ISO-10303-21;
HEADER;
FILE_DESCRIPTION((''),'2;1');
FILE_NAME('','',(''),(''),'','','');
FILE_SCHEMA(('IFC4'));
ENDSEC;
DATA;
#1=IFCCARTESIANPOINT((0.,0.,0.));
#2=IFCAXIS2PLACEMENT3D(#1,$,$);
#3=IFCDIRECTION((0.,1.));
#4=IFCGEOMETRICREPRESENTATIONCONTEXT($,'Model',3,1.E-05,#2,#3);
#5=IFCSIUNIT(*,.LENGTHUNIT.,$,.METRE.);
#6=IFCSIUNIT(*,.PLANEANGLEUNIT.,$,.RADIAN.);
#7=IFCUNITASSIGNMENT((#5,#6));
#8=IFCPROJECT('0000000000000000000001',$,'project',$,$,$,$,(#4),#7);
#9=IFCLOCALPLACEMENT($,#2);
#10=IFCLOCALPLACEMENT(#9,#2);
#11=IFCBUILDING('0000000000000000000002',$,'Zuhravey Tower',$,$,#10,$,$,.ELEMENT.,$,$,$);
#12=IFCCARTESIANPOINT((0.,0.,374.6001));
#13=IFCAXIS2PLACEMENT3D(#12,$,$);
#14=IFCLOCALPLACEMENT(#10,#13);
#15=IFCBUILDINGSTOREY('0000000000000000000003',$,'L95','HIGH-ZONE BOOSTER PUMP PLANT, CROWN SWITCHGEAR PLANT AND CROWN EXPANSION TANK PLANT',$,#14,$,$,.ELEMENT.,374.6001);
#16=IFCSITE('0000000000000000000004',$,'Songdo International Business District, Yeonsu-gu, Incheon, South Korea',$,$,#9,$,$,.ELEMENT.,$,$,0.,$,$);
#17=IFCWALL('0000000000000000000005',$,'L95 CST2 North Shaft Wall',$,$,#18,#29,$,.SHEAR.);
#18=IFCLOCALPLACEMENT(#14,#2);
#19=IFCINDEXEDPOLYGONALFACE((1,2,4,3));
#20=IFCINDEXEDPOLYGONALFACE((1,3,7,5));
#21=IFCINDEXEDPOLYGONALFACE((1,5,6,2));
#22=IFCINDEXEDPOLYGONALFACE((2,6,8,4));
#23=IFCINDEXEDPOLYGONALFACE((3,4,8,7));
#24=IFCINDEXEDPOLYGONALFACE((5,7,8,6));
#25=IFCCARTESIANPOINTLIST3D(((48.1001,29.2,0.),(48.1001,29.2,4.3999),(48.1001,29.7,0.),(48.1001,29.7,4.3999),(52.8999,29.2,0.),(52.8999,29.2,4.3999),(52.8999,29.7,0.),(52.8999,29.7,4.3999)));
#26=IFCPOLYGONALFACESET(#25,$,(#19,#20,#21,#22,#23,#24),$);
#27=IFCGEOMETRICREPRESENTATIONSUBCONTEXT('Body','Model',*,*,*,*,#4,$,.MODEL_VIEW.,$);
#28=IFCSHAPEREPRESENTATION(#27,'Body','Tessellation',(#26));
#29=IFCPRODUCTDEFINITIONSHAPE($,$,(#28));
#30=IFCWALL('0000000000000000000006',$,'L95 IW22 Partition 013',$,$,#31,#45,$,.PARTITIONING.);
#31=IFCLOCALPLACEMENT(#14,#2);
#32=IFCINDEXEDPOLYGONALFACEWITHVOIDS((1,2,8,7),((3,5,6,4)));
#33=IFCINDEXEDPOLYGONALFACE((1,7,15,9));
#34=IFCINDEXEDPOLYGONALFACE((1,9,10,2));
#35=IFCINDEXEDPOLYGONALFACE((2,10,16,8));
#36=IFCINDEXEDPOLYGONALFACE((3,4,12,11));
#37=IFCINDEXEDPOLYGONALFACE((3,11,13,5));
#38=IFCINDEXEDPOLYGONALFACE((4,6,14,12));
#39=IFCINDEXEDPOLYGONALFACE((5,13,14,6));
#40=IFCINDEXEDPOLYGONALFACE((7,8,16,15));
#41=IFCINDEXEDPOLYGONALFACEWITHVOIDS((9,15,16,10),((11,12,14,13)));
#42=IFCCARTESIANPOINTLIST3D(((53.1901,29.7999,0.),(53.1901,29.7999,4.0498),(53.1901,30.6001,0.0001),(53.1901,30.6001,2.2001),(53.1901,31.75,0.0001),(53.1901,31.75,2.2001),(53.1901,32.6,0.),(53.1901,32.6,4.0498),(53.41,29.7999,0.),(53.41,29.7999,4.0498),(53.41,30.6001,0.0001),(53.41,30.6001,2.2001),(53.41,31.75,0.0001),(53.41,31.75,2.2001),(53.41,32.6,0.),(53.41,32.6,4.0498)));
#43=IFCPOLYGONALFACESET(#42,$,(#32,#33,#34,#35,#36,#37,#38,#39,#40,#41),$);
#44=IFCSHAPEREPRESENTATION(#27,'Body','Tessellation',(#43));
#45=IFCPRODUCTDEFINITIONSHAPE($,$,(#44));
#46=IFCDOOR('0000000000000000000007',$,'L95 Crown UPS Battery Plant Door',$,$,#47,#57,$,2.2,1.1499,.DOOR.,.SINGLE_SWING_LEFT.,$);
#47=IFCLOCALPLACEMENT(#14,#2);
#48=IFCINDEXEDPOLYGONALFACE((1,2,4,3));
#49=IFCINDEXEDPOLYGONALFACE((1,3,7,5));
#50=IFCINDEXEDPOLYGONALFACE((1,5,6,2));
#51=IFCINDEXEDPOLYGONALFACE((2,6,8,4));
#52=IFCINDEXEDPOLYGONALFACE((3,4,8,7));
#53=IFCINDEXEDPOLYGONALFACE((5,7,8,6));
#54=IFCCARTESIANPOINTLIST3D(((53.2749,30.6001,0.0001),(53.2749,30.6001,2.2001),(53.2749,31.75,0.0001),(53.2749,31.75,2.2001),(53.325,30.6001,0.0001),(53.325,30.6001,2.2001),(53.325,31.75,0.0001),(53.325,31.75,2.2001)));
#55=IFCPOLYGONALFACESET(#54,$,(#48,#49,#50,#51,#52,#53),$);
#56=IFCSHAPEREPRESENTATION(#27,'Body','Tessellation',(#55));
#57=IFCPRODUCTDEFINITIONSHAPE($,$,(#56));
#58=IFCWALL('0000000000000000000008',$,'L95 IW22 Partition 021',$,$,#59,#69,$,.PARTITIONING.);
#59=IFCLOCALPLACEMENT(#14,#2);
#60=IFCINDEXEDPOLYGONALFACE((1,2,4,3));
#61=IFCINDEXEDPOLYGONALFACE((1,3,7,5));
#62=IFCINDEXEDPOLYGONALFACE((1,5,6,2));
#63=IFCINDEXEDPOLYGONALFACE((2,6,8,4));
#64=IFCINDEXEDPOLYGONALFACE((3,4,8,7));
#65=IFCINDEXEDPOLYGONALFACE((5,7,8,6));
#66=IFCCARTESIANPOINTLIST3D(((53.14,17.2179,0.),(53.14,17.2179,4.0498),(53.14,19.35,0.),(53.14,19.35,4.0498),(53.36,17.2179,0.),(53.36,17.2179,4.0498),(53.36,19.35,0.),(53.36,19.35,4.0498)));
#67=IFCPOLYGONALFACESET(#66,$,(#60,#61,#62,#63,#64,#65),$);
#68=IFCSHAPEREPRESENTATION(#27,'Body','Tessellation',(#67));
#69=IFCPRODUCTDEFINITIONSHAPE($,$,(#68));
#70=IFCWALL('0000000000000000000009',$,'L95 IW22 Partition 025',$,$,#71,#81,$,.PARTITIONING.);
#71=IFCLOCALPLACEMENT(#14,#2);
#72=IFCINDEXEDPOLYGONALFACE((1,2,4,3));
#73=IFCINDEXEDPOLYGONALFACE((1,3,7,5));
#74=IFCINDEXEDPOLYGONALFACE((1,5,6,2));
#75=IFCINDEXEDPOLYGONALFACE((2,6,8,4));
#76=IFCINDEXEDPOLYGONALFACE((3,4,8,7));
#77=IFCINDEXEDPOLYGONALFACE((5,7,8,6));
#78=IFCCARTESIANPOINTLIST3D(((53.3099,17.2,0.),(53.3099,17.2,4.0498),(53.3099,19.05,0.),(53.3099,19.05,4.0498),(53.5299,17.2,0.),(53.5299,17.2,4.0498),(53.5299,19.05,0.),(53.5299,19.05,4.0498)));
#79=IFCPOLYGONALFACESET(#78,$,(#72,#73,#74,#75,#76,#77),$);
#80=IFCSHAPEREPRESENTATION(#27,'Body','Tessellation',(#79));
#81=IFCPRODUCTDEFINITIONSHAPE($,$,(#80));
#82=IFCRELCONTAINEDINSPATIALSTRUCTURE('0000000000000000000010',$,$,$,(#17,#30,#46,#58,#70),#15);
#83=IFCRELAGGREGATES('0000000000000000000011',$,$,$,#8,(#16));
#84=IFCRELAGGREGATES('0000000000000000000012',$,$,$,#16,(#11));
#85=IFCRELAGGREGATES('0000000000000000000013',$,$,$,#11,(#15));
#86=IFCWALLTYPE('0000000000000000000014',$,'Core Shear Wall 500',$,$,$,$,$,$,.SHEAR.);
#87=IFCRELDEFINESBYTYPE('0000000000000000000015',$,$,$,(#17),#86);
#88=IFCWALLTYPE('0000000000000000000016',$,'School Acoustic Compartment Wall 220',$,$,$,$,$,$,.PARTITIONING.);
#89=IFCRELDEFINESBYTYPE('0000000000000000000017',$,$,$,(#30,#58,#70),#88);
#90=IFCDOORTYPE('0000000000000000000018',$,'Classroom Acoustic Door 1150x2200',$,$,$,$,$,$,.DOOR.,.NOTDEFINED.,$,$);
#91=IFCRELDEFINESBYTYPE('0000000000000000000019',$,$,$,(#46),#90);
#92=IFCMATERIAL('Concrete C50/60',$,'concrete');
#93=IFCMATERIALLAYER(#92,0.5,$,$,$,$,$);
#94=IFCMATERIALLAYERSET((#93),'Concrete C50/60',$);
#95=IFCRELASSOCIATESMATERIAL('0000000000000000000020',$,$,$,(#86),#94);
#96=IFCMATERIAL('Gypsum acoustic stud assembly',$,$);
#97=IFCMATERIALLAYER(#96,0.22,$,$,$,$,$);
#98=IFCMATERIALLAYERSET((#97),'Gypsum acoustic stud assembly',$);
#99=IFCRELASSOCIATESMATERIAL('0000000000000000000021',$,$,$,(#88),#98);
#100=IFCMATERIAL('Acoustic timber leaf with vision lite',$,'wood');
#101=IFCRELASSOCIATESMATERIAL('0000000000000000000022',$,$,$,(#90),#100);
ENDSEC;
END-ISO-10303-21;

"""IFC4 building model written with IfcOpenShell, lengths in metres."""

from ifc_helpers import new_model, si_unit, direction, frame, frame_2d, origin, place, context, subcontext, project, spatial, rectangle, extrude, material, layer, layer_set, type_object, element, fill, save


model = new_model("IFC4")

# Units and contexts
model_context = context("Model", 3, precision=1e-05, world=origin(), true_north=direction((0.0, 1.0)))
body_context = subcontext(model_context, "Body", "Model", "MODEL_VIEW")
ifc_project = project(units=[si_unit("LENGTHUNIT", "METRE"), si_unit("PLANEANGLEUNIT", "RADIAN")], contexts=[model_context])

# Site, building, storey
site_placement = place(None, origin())
site = spatial("IfcSite", under=ifc_project, at=site_placement, Name="Songdo International Business District, Yeonsu-gu, Incheon, South Korea", CompositionType="ELEMENT", RefElevation=0.0)
building_placement = place(site_placement, origin())
building = spatial("IfcBuilding", under=site, at=building_placement, Name="Zuhravey Tower", CompositionType="ELEMENT")
storey_placement = place(building_placement, frame((0.0, 0.0, 374.6001)))
storey = spatial("IfcBuildingStorey", under=building, at=storey_placement, Name="L95", Description="HIGH-ZONE BOOSTER PUMP PLANT, CROWN SWITCHGEAR PLANT AND CROWN EXPANSION TANK PLANT", CompositionType="ELEMENT", Elevation=374.6001)

# Wall
ifc_material_1 = material(Name="Concrete C50/60", Category="concrete")
ifc_layer_1 = layer(ifc_material_1, 0.5)
ifc_layer_set_1 = layer_set([ifc_layer_1], Name="Concrete C50/60")
wall_type_1 = type_object("IfcWallType", Name="Core Shear Wall 500", PredefinedType="SHEAR", material=ifc_layer_set_1)
wall_1_placement = place(storey_placement, frame((52.8999, 29.45, 0.0), z_axis=(0.0, 0.0, 1.0), x_axis=(-1.0, 0.0, 0.0)))
element("IfcWall", 1, at=wall_1_placement, inside=storey, type_object=wall_type_1, Name="L95 CST2 North Shaft Wall", PredefinedType="SHEAR", context=body_context, shape_type="SweptSolid", body=[
    extrude(rectangle(XDim=4.7998, YDim=0.5, at=frame_2d((2.3999, 0.0))), origin(), (0.0, 0.0, 1.0), 4.3999),
])

# Wall, opening, door
ifc_material_2 = material(Name="Gypsum acoustic stud assembly")
ifc_layer_2 = layer(ifc_material_2, 0.22)
ifc_layer_set_2 = layer_set([ifc_layer_2], Name="Gypsum acoustic stud assembly")
wall_type_2 = type_object("IfcWallType", Name="School Acoustic Compartment Wall 220", PredefinedType="PARTITIONING", material=ifc_layer_set_2)
wall_2_placement = place(storey_placement, frame((53.3, 29.8, 0.0), z_axis=(0.0, 0.0, 1.0), x_axis=(0.0, 1.0, 0.0)))
wall_2 = element("IfcWall", 2, at=wall_2_placement, inside=storey, type_object=wall_type_2, Name="L95 IW22 Partition 013", PredefinedType="PARTITIONING", context=body_context, shape_type="SweptSolid", body=[
    extrude(rectangle(XDim=2.8, YDim=0.22, at=frame_2d((1.3999, 0.0))), origin(), (0.0, 0.0, 1.0), 4.0498),
])
opening_placement = place(wall_2_placement, frame((0.8, 0.0, 0.0)))
opening = element("IfcOpeningElement", 3, at=opening_placement, cuts=wall_2, PredefinedType="OPENING", context=body_context, shape_type="SweptSolid", body=[
    extrude(rectangle(XDim=1.1499, YDim=2.2, at=frame_2d((0.575, 1.1001))), frame((0.0, 0.1221, 0.0), z_axis=(0.0, -1.0, 0.0), x_axis=(1.0, 0.0, 0.0)), (0.0, 0.0, 1.0), 0.2439),
])
ifc_material_3 = material(Name="Acoustic timber leaf with vision lite", Category="wood")
door_type = type_object("IfcDoorType", Name="Classroom Acoustic Door 1150x2200", OperationType="NOTDEFINED", PredefinedType="DOOR", material=ifc_material_3)
door_placement = place(opening_placement, frame((1.1499, 0.0, 0.0), z_axis=(0.0, 0.0, 1.0), x_axis=(-1.0, 0.0, 0.0)))
door = element("IfcDoor", 4, at=door_placement, inside=storey, type_object=door_type, Name="L95 Crown UPS Battery Plant Door", OperationType="SINGLE_SWING_LEFT", OverallHeight=2.2, OverallWidth=1.1499, PredefinedType="DOOR", context=body_context, shape_type="SweptSolid", body=[
    extrude(rectangle(XDim=1.1499, YDim=2.2, at=frame_2d((0.575, 1.1001))), frame((0.0, 0.0249, 0.0), z_axis=(0.0, -1.0, 0.0), x_axis=(1.0, 0.0, 0.0)), (0.0, 0.0, 1.0), 0.05),
])
fill(opening, door)

# Walls
wall_3_placement = place(storey_placement, frame((53.25, 17.218, 0.0), z_axis=(0.0, 0.0, 1.0), x_axis=(0.0, 1.0, 0.0)))
element("IfcWall", 5, at=wall_3_placement, inside=storey, type_object=wall_type_2, Name="L95 IW22 Partition 021", PredefinedType="PARTITIONING", context=body_context, shape_type="SweptSolid", body=[
    extrude(rectangle(XDim=2.1321, YDim=0.22, at=frame_2d((1.0659, 0.0))), origin(), (0.0, 0.0, 1.0), 4.0498),
])
wall_4_placement = place(storey_placement, frame((53.4199, 17.2, 0.0), z_axis=(0.0, 0.0, 1.0), x_axis=(0.0, 1.0, 0.0)))
element("IfcWall", 6, at=wall_4_placement, inside=storey, type_object=wall_type_2, Name="L95 IW22 Partition 025", PredefinedType="PARTITIONING", context=body_context, shape_type="SweptSolid", body=[
    extrude(rectangle(XDim=1.8501, YDim=0.22, at=frame_2d((0.925, 0.0))), origin(), (0.0, 0.0, 1.0), 4.0498),
])

save(model, "model.ifc")
